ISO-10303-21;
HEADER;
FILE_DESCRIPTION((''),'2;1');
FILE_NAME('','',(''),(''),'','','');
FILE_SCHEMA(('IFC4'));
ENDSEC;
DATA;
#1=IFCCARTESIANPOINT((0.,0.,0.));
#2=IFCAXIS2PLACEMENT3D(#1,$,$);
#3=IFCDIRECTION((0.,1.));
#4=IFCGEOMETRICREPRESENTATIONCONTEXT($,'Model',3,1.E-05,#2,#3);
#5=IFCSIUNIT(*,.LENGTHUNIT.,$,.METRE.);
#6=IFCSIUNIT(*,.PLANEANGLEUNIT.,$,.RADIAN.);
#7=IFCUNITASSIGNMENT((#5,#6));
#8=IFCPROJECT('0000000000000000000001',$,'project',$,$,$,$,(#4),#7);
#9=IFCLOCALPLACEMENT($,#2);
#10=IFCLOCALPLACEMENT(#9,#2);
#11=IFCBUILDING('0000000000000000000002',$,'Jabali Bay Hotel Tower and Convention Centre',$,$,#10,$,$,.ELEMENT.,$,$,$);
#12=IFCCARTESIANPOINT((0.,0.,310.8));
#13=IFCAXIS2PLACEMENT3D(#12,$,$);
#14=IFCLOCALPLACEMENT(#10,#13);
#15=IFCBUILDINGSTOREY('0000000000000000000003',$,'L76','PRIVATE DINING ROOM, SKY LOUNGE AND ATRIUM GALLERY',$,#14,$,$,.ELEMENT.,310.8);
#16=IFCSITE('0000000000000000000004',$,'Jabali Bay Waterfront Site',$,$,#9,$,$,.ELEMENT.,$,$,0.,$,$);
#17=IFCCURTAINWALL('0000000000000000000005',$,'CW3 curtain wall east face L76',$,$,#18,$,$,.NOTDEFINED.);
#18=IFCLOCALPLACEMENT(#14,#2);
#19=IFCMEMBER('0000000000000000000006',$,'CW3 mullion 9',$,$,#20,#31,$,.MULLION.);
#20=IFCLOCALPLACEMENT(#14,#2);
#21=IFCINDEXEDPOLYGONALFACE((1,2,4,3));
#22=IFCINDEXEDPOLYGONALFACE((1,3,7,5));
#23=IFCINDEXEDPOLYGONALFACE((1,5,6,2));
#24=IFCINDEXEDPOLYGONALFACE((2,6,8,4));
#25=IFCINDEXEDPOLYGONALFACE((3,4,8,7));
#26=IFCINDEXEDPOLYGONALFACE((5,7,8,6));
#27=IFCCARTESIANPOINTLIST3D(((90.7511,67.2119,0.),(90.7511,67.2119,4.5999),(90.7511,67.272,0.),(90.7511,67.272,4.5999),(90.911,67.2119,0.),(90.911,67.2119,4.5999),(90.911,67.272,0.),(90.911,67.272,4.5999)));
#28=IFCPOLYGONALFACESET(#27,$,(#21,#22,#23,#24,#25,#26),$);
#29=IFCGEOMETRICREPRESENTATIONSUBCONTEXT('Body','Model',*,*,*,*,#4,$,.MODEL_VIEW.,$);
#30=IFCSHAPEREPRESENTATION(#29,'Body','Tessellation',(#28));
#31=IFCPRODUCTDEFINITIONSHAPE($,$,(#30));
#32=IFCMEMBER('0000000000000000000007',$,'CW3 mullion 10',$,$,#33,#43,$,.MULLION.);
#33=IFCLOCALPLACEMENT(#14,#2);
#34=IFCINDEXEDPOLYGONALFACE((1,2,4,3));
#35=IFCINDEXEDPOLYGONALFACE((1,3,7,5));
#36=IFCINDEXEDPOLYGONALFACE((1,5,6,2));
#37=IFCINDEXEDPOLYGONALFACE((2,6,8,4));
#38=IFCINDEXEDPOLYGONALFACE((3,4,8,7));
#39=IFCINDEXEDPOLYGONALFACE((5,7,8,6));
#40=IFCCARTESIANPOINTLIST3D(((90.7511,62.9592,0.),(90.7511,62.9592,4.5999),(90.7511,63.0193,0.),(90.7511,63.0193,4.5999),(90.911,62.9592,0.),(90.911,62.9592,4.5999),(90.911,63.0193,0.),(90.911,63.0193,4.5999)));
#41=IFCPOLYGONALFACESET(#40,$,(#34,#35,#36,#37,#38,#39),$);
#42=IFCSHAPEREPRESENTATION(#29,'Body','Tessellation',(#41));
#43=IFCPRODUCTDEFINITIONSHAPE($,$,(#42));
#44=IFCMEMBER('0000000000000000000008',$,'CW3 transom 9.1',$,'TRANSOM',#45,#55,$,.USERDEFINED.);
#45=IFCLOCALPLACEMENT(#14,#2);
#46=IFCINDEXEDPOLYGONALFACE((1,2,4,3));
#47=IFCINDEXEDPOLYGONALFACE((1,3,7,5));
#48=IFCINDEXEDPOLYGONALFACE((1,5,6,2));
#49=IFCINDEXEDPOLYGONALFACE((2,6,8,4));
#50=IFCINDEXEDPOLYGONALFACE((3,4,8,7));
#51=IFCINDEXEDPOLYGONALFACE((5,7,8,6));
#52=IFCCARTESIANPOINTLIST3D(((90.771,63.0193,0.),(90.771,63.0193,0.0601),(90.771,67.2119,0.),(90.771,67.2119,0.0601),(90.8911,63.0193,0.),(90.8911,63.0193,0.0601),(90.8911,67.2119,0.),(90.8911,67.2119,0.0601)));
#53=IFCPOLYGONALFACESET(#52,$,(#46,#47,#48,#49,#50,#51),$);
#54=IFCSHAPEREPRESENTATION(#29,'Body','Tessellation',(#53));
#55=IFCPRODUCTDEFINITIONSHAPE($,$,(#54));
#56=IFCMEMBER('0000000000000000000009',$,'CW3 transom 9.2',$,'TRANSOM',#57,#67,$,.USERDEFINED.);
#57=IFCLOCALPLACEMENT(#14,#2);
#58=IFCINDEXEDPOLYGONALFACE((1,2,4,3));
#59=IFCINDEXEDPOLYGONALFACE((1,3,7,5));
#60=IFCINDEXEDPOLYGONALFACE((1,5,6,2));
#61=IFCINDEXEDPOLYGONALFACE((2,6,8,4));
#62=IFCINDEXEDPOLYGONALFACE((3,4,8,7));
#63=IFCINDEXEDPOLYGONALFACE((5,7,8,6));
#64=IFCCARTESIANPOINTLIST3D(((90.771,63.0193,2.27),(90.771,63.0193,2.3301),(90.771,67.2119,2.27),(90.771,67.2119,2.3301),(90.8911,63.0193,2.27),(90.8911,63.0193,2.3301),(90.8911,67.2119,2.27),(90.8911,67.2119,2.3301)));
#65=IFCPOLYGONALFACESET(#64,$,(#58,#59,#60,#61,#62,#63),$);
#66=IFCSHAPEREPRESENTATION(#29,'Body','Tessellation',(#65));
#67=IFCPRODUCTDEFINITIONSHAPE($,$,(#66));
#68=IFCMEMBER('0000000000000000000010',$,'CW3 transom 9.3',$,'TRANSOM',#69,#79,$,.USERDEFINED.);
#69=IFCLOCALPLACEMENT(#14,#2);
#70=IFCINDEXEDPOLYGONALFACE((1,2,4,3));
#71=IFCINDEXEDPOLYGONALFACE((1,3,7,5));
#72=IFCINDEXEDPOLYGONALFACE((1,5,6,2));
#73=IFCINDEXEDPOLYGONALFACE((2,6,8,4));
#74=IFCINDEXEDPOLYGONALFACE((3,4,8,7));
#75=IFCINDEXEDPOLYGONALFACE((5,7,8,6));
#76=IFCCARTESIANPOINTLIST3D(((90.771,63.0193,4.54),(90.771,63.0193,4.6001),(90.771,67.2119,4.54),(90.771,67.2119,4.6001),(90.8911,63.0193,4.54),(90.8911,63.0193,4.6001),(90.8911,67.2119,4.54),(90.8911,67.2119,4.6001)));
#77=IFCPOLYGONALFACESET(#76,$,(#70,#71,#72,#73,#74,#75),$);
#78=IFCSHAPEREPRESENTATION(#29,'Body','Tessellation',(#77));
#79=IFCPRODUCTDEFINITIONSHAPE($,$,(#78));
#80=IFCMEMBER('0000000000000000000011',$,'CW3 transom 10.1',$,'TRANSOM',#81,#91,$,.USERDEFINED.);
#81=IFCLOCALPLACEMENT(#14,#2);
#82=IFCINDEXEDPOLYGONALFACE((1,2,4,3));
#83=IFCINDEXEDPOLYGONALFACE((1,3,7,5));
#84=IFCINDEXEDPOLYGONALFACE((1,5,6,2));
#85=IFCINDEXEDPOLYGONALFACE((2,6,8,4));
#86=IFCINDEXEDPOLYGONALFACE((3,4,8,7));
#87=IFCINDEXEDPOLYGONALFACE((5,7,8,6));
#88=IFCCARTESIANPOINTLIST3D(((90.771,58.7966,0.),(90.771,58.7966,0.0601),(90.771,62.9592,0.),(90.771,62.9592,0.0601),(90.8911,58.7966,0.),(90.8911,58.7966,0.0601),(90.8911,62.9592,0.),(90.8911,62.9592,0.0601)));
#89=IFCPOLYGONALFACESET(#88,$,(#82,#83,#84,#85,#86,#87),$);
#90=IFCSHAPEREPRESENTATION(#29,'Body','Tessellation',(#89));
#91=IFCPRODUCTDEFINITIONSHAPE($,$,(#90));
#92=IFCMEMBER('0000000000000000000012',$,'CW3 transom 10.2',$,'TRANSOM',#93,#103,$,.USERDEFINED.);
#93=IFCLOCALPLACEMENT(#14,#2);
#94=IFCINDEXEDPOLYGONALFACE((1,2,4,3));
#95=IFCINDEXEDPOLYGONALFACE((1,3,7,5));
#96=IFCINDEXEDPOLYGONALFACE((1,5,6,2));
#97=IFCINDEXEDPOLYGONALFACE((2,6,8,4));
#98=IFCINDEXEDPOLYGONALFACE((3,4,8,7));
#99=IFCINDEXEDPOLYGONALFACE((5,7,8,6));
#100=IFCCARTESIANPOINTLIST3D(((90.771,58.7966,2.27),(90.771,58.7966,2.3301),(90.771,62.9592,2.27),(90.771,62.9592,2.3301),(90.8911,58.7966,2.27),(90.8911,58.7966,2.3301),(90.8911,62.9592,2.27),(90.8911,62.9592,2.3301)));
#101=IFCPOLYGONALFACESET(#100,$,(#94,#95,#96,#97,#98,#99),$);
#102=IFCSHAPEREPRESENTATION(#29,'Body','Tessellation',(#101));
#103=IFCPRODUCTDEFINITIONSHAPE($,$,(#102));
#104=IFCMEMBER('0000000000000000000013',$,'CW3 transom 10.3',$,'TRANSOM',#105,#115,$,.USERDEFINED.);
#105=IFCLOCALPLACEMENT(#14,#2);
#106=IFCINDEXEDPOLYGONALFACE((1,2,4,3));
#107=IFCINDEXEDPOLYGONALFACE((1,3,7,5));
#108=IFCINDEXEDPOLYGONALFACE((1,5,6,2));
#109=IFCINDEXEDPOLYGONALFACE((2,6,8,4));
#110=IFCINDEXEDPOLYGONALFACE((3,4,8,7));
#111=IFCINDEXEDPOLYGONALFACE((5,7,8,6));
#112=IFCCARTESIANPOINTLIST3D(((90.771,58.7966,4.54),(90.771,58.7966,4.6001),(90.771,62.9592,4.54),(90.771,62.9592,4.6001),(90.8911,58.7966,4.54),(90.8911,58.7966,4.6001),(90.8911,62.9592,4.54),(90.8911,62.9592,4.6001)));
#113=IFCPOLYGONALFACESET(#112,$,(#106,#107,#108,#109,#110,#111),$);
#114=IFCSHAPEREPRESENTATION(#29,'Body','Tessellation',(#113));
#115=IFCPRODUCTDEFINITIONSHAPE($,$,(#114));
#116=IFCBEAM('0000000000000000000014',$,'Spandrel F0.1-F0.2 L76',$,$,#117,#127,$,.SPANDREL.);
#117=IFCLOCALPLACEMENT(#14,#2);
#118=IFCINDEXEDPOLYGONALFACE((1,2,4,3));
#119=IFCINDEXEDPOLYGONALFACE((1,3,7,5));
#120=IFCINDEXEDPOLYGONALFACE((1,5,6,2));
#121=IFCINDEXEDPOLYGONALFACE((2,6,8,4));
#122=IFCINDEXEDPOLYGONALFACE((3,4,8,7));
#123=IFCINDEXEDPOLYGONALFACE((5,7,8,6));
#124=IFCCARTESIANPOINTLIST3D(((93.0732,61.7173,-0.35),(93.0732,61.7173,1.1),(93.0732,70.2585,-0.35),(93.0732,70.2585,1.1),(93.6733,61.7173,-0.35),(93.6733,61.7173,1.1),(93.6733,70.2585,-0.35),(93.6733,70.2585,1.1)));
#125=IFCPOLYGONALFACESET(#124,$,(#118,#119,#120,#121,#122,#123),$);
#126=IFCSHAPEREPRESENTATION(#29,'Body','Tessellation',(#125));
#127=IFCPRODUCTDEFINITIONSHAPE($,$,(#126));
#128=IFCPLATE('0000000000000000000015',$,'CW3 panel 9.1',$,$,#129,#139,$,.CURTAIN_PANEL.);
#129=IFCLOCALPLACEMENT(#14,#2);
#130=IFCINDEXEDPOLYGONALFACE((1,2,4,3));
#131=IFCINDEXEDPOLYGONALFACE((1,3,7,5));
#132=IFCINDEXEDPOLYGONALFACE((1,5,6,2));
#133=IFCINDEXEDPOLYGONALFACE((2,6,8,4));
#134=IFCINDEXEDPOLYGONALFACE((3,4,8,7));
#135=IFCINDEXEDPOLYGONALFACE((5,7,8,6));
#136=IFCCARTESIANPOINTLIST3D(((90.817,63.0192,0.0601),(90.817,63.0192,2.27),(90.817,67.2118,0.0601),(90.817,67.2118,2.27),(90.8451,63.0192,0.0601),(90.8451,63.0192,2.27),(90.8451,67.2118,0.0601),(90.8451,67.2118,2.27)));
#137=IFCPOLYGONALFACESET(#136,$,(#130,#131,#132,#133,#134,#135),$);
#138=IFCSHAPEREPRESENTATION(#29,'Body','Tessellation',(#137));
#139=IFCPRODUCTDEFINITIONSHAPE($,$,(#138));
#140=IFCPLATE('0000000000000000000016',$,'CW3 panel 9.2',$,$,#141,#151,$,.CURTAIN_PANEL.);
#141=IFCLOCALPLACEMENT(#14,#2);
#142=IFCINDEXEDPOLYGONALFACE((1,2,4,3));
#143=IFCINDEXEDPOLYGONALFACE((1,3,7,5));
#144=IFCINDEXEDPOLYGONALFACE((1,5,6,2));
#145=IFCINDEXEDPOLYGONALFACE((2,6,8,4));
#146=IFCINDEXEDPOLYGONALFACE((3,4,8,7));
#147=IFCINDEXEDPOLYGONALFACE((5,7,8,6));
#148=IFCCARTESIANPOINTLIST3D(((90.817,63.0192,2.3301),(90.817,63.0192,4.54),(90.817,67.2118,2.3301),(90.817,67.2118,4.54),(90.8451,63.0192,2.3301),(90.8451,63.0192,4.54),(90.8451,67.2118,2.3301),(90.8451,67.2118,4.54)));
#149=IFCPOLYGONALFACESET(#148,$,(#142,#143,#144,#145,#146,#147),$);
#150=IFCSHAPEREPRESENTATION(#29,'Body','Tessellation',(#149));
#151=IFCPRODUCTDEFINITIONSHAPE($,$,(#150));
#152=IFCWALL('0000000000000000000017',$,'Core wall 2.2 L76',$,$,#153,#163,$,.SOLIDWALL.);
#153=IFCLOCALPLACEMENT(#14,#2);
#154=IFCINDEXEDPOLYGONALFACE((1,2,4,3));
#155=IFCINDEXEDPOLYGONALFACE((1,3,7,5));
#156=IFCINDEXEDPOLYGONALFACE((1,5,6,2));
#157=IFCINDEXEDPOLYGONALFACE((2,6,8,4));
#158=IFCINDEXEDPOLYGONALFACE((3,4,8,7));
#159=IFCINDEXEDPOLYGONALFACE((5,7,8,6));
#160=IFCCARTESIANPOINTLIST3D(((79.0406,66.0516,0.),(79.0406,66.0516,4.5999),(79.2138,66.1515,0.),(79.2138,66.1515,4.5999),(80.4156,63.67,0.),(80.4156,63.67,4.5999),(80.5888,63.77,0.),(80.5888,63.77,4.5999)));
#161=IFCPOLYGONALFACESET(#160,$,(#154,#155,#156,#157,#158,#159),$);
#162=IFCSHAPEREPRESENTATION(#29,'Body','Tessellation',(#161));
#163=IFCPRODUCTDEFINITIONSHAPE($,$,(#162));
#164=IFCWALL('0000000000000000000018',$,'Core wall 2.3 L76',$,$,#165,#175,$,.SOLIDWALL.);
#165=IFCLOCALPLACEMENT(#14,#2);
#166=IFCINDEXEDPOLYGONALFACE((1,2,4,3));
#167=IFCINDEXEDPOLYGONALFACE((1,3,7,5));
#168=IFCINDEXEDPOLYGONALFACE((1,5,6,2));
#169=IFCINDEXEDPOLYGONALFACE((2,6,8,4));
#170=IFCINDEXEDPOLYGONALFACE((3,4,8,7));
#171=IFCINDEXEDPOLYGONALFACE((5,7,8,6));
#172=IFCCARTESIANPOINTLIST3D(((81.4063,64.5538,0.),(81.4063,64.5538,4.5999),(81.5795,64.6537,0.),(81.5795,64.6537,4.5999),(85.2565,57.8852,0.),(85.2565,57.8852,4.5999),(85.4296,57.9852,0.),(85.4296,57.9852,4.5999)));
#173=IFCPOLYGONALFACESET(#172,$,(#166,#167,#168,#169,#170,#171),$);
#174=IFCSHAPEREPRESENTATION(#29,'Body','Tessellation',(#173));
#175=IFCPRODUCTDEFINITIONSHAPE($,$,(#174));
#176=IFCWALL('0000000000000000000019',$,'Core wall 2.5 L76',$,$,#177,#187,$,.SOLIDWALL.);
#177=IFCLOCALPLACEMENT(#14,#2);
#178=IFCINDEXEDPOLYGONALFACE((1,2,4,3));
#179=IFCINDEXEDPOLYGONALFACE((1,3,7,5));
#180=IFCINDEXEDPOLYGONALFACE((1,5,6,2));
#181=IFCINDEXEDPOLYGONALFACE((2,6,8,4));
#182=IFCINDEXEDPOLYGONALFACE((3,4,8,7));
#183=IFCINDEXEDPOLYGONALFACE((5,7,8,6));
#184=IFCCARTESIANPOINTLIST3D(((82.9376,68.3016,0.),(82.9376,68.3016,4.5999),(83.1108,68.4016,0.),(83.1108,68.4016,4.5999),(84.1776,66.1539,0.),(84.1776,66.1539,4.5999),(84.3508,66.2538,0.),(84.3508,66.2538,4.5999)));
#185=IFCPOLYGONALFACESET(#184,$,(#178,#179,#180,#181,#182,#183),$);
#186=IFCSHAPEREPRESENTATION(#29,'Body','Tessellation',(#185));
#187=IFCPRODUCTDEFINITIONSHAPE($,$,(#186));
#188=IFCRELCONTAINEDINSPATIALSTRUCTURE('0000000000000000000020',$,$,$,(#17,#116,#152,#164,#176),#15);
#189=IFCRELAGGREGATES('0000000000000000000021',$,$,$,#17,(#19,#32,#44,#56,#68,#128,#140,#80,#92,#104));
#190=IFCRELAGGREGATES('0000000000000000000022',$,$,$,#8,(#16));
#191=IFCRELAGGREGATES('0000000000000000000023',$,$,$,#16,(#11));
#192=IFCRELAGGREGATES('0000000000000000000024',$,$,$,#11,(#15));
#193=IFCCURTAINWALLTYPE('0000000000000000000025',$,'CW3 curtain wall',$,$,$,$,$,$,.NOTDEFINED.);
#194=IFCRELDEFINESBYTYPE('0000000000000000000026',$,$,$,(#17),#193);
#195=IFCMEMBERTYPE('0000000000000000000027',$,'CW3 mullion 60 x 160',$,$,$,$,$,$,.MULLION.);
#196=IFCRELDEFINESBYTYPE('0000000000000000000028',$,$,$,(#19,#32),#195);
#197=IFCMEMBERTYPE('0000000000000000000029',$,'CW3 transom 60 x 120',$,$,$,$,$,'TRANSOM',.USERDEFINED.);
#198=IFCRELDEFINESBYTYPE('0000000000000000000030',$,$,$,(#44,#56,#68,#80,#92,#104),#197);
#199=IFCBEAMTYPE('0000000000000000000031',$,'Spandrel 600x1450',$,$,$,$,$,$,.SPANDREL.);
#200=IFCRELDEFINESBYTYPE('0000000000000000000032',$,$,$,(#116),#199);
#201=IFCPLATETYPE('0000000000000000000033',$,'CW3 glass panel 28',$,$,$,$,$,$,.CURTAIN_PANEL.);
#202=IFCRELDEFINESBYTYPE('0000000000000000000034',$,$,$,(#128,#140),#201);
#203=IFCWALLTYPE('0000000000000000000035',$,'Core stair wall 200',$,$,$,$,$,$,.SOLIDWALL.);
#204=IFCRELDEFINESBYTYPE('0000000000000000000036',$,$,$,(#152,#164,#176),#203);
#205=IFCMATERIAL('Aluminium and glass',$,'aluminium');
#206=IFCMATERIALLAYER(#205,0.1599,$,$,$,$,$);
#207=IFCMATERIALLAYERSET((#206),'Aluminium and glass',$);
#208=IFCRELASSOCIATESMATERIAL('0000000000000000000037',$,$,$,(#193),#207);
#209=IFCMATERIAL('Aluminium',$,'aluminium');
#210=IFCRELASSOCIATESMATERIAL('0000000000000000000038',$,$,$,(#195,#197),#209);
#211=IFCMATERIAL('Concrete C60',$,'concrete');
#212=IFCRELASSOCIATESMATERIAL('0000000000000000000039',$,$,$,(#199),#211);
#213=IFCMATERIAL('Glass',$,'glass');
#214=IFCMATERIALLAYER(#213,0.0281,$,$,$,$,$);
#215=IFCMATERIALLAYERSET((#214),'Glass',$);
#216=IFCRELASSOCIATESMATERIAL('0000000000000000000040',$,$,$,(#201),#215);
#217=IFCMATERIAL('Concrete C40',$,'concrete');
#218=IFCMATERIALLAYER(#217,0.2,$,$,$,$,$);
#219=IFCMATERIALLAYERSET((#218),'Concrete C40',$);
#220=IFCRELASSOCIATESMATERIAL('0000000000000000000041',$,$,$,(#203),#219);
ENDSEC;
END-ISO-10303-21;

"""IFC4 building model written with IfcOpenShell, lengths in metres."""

from ifc_helpers import new_model, si_unit, direction, frame, frame_2d, origin, origin_2d, place, context, subcontext, project, spatial, rectangle, extrude, material, layer, layer_set, material_profile, profile_set, type_object, element, aggregate, save


model = new_model("IFC4")

# Units and contexts
model_context = context("Model", 3, precision=1e-05, world=origin(), true_north=direction((0.0, 1.0)))
body_context = subcontext(model_context, "Body", "Model", "MODEL_VIEW")
ifc_project = project(units=[si_unit("LENGTHUNIT", "METRE"), si_unit("PLANEANGLEUNIT", "RADIAN")], contexts=[model_context])

# Site, building, storey
site_placement = place(None, origin())
site = spatial("IfcSite", under=ifc_project, at=site_placement, Name="Jabali Bay Waterfront Site", CompositionType="ELEMENT", RefElevation=0.0)
building_placement = place(site_placement, origin())
building = spatial("IfcBuilding", under=site, at=building_placement, Name="Jabali Bay Hotel Tower and Convention Centre", CompositionType="ELEMENT")
storey_placement = place(building_placement, frame((0.0, 0.0, 310.8)))
storey = spatial("IfcBuildingStorey", under=building, at=storey_placement, Name="L76", Description="PRIVATE DINING ROOM, SKY LOUNGE AND ATRIUM GALLERY", CompositionType="ELEMENT", Elevation=310.8)

# Curtain wall, members
ifc_material_1 = material(Name="Aluminium and glass", Category="aluminium")
ifc_layer_1 = layer(ifc_material_1, 0.1599)
ifc_layer_set_1 = layer_set([ifc_layer_1], Name="Aluminium and glass")
curtain_wall_type = type_object("IfcCurtainWallType", Name="CW3 curtain wall", PredefinedType="NOTDEFINED", material=ifc_layer_set_1)
curtain_wall_placement = place(storey_placement, origin())
curtain_wall = element("IfcCurtainWall", 1, at=curtain_wall_placement, inside=storey, type_object=curtain_wall_type, Name="CW3 curtain wall east face L76", PredefinedType="NOTDEFINED")
ifc_material_2 = material(Name="Aluminium", Category="aluminium")
ifc_material_profile_1 = material_profile(ifc_material_2, rectangle(XDim=0.1599, YDim=0.0601, at=origin_2d()), Name="CW3 mullion 60 x 160")
ifc_profile_set_1 = profile_set([ifc_material_profile_1], Name="Aluminium")
member_type_1 = type_object("IfcMemberType", Name="CW3 mullion 60 x 160", PredefinedType="MULLION", material=ifc_profile_set_1)
member_1_placement = place(storey_placement, frame((90.8311, 67.2419, 0.0), z_axis=(0.0, 0.0, 1.0), x_axis=(1.0, 0.0, 0.0)))
member_1 = element("IfcMember", 2, at=member_1_placement, type_object=member_type_1, Name="CW3 mullion 9", PredefinedType="MULLION", context=body_context, shape_type="SweptSolid", body=[
    extrude(rectangle(XDim=0.1599, YDim=0.0601, at=origin_2d()), origin(), (0.0, 0.0, 1.0), 4.5999),
])
member_2_placement = place(storey_placement, frame((90.8311, 62.9893, 0.0), z_axis=(0.0, 0.0, 1.0), x_axis=(1.0, 0.0, 0.0)))
member_2 = element("IfcMember", 3, at=member_2_placement, type_object=member_type_1, Name="CW3 mullion 10", PredefinedType="MULLION", context=body_context, shape_type="SweptSolid", body=[
    extrude(rectangle(XDim=0.1599, YDim=0.0601, at=origin_2d()), origin(), (0.0, 0.0, 1.0), 4.5999),
])
ifc_material_profile_2 = material_profile(ifc_material_2, rectangle(XDim=0.1201, YDim=0.0601, at=origin_2d()), Name="CW3 transom 60 x 120")
ifc_profile_set_2 = profile_set([ifc_material_profile_2], Name="Aluminium")
member_type_2 = type_object("IfcMemberType", Name="CW3 transom 60 x 120", ElementType="TRANSOM", PredefinedType="USERDEFINED", material=ifc_profile_set_2)
member_3_placement = place(storey_placement, frame((90.8311, 67.2119, 0.03), z_axis=(0.0, -1.0, 0.0), x_axis=(1.0, 0.0, 0.0)))
member_3 = element("IfcMember", 4, at=member_3_placement, type_object=member_type_2, Name="CW3 transom 9.1", ObjectType="TRANSOM", PredefinedType="USERDEFINED", context=body_context, shape_type="SweptSolid", body=[
    extrude(rectangle(XDim=0.1201, YDim=0.0601, at=origin_2d()), origin(), (0.0, 0.0, 1.0), 4.1926),
])
member_4_placement = place(storey_placement, frame((90.8311, 67.2119, 2.3), z_axis=(0.0, -1.0, 0.0), x_axis=(1.0, 0.0, 0.0)))
member_4 = element("IfcMember", 5, at=member_4_placement, type_object=member_type_2, Name="CW3 transom 9.2", ObjectType="TRANSOM", PredefinedType="USERDEFINED", context=body_context, shape_type="SweptSolid", body=[
    extrude(rectangle(XDim=0.1201, YDim=0.0601, at=origin_2d()), origin(), (0.0, 0.0, 1.0), 4.1926),
])
member_5_placement = place(storey_placement, frame((90.8311, 67.2119, 4.5701), z_axis=(0.0, -1.0, 0.0), x_axis=(1.0, 0.0, 0.0)))
member_5 = element("IfcMember", 6, at=member_5_placement, type_object=member_type_2, Name="CW3 transom 9.3", ObjectType="TRANSOM", PredefinedType="USERDEFINED", context=body_context, shape_type="SweptSolid", body=[
    extrude(rectangle(XDim=0.1201, YDim=0.0601, at=origin_2d()), origin(), (0.0, 0.0, 1.0), 4.1926),
])
member_6_placement = place(storey_placement, frame((90.8311, 62.9592, 0.03), z_axis=(0.0, -1.0, 0.0), x_axis=(1.0, 0.0, 0.0)))
member_6 = element("IfcMember", 7, at=member_6_placement, type_object=member_type_2, Name="CW3 transom 10.1", ObjectType="TRANSOM", PredefinedType="USERDEFINED", context=body_context, shape_type="SweptSolid", body=[
    extrude(rectangle(XDim=0.1201, YDim=0.0601, at=origin_2d()), origin(), (0.0, 0.0, 1.0), 4.1626),
])
member_7_placement = place(storey_placement, frame((90.8311, 62.9592, 2.3), z_axis=(0.0, -1.0, 0.0), x_axis=(1.0, 0.0, 0.0)))
member_7 = element("IfcMember", 8, at=member_7_placement, type_object=member_type_2, Name="CW3 transom 10.2", ObjectType="TRANSOM", PredefinedType="USERDEFINED", context=body_context, shape_type="SweptSolid", body=[
    extrude(rectangle(XDim=0.1201, YDim=0.0601, at=origin_2d()), origin(), (0.0, 0.0, 1.0), 4.1626),
])
member_8_placement = place(storey_placement, frame((90.8311, 62.9592, 4.5701), z_axis=(0.0, -1.0, 0.0), x_axis=(1.0, 0.0, 0.0)))
member_8 = element("IfcMember", 9, at=member_8_placement, type_object=member_type_2, Name="CW3 transom 10.3", ObjectType="TRANSOM", PredefinedType="USERDEFINED", context=body_context, shape_type="SweptSolid", body=[
    extrude(rectangle(XDim=0.1201, YDim=0.0601, at=origin_2d()), origin(), (0.0, 0.0, 1.0), 4.1626),
])

# Beam
ifc_material_3 = material(Name="Concrete C60", Category="concrete")
ifc_material_profile_3 = material_profile(ifc_material_3, rectangle(XDim=0.6001, YDim=1.45, at=origin_2d()), Name="Spandrel 600x1450")
ifc_profile_set_3 = profile_set([ifc_material_profile_3], Name="Concrete C60")
beam_type = type_object("IfcBeamType", Name="Spandrel 600x1450", PredefinedType="SPANDREL", material=ifc_profile_set_3)
beam_placement = place(storey_placement, frame((93.3733, 61.7173, 0.375), z_axis=(0.0, 1.0, 0.0), x_axis=(-1.0, 0.0, 0.0)))
element("IfcBeam", 10, at=beam_placement, inside=storey, type_object=beam_type, Name="Spandrel F0.1-F0.2 L76", PredefinedType="SPANDREL", context=body_context, shape_type="SweptSolid", body=[
    extrude(rectangle(XDim=0.6001, YDim=1.45, at=origin_2d()), origin(), (0.0, 0.0, 1.0), 8.5413),
])

# Plates
ifc_material_4 = material(Name="Glass", Category="glass")
ifc_layer_2 = layer(ifc_material_4, 0.0281)
ifc_layer_set_2 = layer_set([ifc_layer_2], Name="Glass")
plate_type = type_object("IfcPlateType", Name="CW3 glass panel 28", PredefinedType="CURTAIN_PANEL", material=ifc_layer_set_2)
plate_1_placement = place(storey_placement, frame((90.8311, 65.1155, 0.0601), z_axis=(0.0, 0.0, 1.0), x_axis=(0.0, -1.0, 0.0)))
plate_1 = element("IfcPlate", 11, at=plate_1_placement, type_object=plate_type, Name="CW3 panel 9.1", PredefinedType="CURTAIN_PANEL", context=body_context, shape_type="SweptSolid", body=[
    extrude(rectangle(XDim=4.1926, YDim=0.0281, at=origin_2d()), origin(), (0.0, 0.0, 1.0), 2.21),
])
plate_2_placement = place(storey_placement, frame((90.8311, 65.1155, 2.3301), z_axis=(0.0, 0.0, 1.0), x_axis=(0.0, -1.0, 0.0)))
plate_2 = element("IfcPlate", 12, at=plate_2_placement, type_object=plate_type, Name="CW3 panel 9.2", PredefinedType="CURTAIN_PANEL", context=body_context, shape_type="SweptSolid", body=[
    extrude(rectangle(XDim=4.1926, YDim=0.0281, at=origin_2d()), origin(), (0.0, 0.0, 1.0), 2.21),
])
aggregate(curtain_wall, [member_1, member_2, member_3, member_4, member_5, plate_1, plate_2, member_6, member_7, member_8])

# Walls
ifc_material_5 = material(Name="Concrete C40", Category="concrete")
ifc_layer_3 = layer(ifc_material_5, 0.2)
ifc_layer_set_3 = layer_set([ifc_layer_3], Name="Concrete C40")
wall_type = type_object("IfcWallType", Name="Core stair wall 200", PredefinedType="SOLIDWALL", material=ifc_layer_set_3)
wall_1_placement = place(storey_placement, frame((79.1272, 66.1016, 0.0), z_axis=(0.0, 0.0, 1.0), x_axis=(0.499997, -0.866027, 0.0)))
element("IfcWall", 13, at=wall_1_placement, inside=storey, type_object=wall_type, Name="Core wall 2.2 L76", PredefinedType="SOLIDWALL", context=body_context, shape_type="SweptSolid", body=[
    extrude(rectangle(XDim=2.75, YDim=0.2, at=frame_2d((1.375, 0.0))), origin(), (0.0, 0.0, 1.0), 4.5999),
])
wall_2_placement = place(storey_placement, frame((81.4929, 64.6038, 0.0), z_axis=(0.0, 0.0, 1.0), x_axis=(0.500006, -0.866022, 0.0)))
element("IfcWall", 14, at=wall_2_placement, inside=storey, type_object=wall_type, Name="Core wall 2.3 L76", PredefinedType="SOLIDWALL", context=body_context, shape_type="SweptSolid", body=[
    extrude(rectangle(XDim=7.7002, YDim=0.2, at=frame_2d((3.8501, 0.0))), origin(), (0.0, 0.0, 1.0), 4.5999),
])
wall_3_placement = place(storey_placement, frame((83.0242, 68.3516, 0.0), z_axis=(0.0, 0.0, 1.0), x_axis=(0.500004, -0.866023, 0.0)))
element("IfcWall", 15, at=wall_3_placement, inside=storey, type_object=wall_type, Name="Core wall 2.5 L76", PredefinedType="SOLIDWALL", context=body_context, shape_type="SweptSolid", body=[
    extrude(rectangle(XDim=2.48, YDim=0.2, at=frame_2d((1.24, 0.0))), origin(), (0.0, 0.0, 1.0), 4.5999),
])

save(model, "model.ifc")
